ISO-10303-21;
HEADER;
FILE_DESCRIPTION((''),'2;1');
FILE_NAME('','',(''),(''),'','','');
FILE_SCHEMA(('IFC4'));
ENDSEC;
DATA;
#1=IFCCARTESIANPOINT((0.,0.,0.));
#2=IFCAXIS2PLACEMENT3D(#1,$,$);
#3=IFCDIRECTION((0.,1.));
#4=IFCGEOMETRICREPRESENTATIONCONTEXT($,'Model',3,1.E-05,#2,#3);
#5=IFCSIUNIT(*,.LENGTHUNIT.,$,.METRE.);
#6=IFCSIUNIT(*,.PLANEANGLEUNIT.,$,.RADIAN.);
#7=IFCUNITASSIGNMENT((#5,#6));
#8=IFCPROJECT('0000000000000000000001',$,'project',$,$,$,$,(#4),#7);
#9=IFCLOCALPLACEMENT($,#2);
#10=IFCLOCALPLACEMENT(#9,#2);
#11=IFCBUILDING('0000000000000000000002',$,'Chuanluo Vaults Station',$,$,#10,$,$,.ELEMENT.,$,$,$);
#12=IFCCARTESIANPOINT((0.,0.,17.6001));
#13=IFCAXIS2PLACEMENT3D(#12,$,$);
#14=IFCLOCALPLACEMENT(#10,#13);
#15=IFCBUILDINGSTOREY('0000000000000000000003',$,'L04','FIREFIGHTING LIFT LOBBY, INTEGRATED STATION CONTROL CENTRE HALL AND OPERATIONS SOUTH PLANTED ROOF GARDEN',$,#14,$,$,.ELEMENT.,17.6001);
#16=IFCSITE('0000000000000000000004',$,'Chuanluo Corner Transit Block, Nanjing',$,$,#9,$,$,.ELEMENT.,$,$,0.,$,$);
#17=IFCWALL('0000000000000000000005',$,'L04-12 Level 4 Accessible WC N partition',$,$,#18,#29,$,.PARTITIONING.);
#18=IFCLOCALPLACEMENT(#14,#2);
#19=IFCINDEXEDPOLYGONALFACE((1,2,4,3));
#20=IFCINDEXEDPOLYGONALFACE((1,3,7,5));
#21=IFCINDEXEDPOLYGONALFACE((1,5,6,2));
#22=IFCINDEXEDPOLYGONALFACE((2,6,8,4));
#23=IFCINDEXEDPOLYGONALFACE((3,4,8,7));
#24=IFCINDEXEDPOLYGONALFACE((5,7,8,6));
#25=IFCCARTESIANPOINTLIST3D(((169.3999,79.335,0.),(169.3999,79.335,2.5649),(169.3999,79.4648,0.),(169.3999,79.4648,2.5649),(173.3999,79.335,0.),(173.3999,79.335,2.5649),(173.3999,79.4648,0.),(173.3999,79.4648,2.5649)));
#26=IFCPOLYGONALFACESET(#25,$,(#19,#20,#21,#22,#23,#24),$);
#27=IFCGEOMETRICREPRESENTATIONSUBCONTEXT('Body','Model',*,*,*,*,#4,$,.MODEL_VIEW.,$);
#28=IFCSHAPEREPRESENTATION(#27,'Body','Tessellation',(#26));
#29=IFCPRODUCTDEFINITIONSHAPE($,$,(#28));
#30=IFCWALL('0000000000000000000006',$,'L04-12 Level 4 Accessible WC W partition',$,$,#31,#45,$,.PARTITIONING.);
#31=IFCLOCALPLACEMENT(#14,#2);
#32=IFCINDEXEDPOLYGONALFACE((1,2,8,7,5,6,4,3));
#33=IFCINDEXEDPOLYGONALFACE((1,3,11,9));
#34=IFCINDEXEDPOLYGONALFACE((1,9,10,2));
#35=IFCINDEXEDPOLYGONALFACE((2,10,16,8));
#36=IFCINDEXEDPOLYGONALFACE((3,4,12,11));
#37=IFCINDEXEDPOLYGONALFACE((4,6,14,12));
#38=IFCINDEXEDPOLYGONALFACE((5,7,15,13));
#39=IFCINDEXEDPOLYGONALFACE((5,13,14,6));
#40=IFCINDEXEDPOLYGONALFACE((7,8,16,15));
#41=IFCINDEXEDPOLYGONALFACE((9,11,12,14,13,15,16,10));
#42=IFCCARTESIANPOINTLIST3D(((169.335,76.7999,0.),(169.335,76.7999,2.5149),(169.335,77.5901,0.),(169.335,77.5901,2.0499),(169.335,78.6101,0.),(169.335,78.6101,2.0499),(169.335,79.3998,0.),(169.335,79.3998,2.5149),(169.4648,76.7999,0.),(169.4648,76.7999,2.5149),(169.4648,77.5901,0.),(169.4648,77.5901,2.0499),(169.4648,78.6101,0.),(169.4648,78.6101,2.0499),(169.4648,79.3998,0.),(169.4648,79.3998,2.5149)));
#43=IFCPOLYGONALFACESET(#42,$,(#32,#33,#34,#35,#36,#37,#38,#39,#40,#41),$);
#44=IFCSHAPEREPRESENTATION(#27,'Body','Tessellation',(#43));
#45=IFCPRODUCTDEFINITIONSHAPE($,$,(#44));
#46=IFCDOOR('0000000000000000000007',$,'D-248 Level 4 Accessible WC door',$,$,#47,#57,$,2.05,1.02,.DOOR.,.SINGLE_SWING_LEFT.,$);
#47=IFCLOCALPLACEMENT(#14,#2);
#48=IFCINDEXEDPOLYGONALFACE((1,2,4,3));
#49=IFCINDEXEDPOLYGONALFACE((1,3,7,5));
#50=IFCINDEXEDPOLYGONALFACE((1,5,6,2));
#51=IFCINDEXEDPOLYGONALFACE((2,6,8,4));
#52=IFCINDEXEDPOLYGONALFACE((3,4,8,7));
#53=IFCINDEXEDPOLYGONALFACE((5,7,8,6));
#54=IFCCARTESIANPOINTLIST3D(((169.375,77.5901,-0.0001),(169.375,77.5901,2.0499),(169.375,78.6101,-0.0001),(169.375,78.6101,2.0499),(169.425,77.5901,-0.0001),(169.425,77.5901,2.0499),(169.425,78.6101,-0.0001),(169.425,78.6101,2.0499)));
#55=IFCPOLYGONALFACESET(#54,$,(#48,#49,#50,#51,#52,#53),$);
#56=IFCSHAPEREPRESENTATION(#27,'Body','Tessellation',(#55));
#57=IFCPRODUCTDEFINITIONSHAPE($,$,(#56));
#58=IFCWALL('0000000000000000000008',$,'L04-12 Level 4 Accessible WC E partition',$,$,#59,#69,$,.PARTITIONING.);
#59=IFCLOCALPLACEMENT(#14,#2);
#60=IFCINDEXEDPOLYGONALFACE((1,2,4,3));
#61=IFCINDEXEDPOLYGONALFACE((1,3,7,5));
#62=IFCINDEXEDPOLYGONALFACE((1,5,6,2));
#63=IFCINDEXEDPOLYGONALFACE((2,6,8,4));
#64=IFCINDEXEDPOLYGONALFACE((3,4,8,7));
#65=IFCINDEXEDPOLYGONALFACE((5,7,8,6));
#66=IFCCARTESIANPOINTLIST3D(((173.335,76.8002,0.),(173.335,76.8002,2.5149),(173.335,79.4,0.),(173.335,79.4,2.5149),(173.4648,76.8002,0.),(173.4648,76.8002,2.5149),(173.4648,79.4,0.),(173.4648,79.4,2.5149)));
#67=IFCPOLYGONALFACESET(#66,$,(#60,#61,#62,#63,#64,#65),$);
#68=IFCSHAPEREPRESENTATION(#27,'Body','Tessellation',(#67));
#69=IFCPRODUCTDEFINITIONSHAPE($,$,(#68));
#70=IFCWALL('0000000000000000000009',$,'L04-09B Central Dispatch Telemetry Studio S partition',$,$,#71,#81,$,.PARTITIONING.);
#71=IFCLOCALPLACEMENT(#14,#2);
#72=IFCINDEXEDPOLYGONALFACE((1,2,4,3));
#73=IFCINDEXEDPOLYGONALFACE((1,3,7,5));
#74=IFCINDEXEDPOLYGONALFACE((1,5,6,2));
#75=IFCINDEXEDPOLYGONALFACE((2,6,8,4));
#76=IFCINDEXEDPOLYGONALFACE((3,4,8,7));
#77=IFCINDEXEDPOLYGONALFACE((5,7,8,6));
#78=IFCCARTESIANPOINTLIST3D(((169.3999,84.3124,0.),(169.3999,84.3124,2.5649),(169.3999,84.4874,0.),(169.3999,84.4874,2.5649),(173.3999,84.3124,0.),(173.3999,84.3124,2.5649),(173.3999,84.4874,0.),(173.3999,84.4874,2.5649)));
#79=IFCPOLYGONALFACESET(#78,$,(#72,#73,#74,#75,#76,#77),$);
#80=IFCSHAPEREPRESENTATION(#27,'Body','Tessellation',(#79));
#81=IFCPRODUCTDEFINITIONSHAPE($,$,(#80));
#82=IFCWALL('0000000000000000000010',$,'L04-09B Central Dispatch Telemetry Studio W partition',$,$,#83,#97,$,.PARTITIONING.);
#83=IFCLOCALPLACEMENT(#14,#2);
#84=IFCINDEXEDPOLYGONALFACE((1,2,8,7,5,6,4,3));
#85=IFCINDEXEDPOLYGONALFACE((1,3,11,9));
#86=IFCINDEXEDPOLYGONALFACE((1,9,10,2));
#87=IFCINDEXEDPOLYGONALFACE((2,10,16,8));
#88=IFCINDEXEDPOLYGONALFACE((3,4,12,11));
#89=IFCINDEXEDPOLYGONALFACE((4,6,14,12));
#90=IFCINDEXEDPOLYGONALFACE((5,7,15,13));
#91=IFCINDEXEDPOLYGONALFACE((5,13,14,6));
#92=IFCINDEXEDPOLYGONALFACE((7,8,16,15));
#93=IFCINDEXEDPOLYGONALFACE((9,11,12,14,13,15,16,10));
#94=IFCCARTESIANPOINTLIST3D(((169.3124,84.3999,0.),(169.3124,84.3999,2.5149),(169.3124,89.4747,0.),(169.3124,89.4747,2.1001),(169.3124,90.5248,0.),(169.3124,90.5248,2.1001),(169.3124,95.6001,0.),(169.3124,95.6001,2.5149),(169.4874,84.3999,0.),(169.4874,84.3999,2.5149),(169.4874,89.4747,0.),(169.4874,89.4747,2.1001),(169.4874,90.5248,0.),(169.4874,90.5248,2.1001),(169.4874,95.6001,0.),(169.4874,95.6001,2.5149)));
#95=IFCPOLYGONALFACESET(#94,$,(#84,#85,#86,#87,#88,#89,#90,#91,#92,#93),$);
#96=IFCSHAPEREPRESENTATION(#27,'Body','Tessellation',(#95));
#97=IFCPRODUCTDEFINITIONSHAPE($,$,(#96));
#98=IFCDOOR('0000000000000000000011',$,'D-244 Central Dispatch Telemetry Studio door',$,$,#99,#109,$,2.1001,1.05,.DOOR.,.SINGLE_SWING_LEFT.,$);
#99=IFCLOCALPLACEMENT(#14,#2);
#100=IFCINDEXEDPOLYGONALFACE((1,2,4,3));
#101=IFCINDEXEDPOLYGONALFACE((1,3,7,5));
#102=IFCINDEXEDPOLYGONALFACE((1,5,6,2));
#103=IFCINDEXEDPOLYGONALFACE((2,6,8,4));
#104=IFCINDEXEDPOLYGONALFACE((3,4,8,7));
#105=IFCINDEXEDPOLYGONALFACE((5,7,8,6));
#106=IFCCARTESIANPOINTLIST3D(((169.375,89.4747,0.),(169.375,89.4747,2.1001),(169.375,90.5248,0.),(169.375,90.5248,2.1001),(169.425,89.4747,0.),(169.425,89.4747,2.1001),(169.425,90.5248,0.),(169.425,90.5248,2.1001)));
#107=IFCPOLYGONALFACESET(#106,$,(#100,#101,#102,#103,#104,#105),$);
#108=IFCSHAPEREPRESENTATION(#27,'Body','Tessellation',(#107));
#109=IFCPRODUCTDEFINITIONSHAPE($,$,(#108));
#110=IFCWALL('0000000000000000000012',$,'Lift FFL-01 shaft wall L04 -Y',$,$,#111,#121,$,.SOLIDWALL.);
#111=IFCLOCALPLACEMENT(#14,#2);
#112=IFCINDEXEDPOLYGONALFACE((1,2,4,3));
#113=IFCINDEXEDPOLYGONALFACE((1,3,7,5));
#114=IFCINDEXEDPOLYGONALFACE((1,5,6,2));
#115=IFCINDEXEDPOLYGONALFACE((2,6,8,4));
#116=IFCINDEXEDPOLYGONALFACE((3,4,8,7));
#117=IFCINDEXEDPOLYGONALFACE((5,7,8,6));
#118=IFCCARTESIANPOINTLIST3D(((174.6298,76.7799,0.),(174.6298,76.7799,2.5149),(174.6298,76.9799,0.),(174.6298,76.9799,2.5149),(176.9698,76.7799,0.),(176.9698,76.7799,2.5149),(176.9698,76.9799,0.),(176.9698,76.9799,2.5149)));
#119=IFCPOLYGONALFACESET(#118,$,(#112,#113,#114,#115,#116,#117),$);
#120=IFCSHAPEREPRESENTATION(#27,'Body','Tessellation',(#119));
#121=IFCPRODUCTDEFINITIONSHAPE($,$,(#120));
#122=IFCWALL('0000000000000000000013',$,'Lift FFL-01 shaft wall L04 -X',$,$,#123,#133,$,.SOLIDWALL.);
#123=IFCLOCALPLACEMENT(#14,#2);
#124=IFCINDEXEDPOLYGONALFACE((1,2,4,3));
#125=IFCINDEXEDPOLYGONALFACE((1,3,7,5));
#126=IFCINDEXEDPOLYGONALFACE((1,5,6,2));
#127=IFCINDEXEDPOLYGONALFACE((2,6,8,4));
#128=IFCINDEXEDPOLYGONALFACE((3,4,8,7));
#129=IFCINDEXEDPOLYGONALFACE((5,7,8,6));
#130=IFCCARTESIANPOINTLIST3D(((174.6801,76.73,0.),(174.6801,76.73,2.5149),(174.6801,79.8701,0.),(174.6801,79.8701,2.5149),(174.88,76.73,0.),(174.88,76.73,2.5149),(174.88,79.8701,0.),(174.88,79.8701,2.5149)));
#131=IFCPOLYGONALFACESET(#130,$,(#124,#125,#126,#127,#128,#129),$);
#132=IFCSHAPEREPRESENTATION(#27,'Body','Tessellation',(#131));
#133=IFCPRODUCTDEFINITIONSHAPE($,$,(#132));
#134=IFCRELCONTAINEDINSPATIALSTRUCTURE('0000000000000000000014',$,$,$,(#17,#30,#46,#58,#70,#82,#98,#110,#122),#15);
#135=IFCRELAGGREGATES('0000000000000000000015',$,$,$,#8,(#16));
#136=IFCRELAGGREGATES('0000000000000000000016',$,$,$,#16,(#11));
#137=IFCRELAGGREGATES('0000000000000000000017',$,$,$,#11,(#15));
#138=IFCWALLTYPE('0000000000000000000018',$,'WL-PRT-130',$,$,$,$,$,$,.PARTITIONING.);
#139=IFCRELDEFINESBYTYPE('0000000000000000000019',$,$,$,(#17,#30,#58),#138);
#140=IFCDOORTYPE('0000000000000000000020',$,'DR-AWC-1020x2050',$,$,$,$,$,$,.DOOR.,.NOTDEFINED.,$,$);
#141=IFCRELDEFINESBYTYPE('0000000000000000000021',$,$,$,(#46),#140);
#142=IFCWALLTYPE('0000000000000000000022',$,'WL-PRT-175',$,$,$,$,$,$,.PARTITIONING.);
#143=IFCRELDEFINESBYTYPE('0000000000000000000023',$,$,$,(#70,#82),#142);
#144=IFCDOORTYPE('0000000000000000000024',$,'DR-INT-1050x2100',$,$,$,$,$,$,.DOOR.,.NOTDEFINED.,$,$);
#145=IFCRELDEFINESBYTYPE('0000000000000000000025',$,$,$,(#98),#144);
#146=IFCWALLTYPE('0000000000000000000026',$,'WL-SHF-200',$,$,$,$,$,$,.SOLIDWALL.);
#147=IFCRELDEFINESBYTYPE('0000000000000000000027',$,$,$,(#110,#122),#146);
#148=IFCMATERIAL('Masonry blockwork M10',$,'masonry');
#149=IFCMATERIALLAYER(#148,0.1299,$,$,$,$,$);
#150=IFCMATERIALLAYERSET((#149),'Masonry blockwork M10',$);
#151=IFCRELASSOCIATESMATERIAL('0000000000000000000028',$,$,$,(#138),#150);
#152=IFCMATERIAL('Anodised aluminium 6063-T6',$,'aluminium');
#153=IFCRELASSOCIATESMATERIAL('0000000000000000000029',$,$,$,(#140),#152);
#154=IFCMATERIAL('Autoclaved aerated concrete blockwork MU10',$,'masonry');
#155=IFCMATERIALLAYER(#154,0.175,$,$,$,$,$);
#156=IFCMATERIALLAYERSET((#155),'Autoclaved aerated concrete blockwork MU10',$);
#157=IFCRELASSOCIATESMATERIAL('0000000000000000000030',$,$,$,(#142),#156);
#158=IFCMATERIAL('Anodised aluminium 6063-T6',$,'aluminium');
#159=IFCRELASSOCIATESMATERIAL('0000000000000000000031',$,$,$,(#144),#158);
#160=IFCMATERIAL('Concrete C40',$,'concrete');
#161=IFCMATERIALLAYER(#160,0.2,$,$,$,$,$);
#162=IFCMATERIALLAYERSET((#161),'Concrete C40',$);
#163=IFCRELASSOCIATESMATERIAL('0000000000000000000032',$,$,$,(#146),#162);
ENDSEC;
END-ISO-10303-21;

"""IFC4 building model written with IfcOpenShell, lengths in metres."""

from ifc_helpers import new_model, si_unit, direction, frame, frame_2d, origin, place, context, subcontext, project, spatial, rectangle, extrude, material, layer, layer_set, type_object, element, fill, save


model = new_model("IFC4")

# Units and contexts
model_context = context("Model", 3, precision=1e-05, world=origin(), true_north=direction((0.0, 1.0)))
body_context = subcontext(model_context, "Body", "Model", "MODEL_VIEW")
ifc_project = project(units=[si_unit("LENGTHUNIT", "METRE"), si_unit("PLANEANGLEUNIT", "RADIAN")], contexts=[model_context])

# Site, building, storey
site_placement = place(None, origin())
site = spatial("IfcSite", under=ifc_project, at=site_placement, Name="Chuanluo Corner Transit Block, Nanjing", CompositionType="ELEMENT", RefElevation=0.0)
building_placement = place(site_placement, origin())
building = spatial("IfcBuilding", under=site, at=building_placement, Name="Chuanluo Vaults Station", CompositionType="ELEMENT")
storey_placement = place(building_placement, frame((0.0, 0.0, 17.6001)))
storey = spatial("IfcBuildingStorey", under=building, at=storey_placement, Name="L04", Description="FIREFIGHTING LIFT LOBBY, INTEGRATED STATION CONTROL CENTRE HALL AND OPERATIONS SOUTH PLANTED ROOF GARDEN", CompositionType="ELEMENT", Elevation=17.6001)

# Wall
ifc_material_1 = material(Name="Masonry blockwork M10", Category="masonry")
ifc_layer_1 = layer(ifc_material_1, 0.1299)
ifc_layer_set_1 = layer_set([ifc_layer_1], Name="Masonry blockwork M10")
wall_type_1 = type_object("IfcWallType", Name="WL-PRT-130", PredefinedType="PARTITIONING", material=ifc_layer_set_1)
wall_1_placement = place(storey_placement, frame((169.3999, 79.3999, 0.0), z_axis=(0.0, 0.0, 1.0), x_axis=(1.0, 0.0, 0.0)))
element("IfcWall", 1, at=wall_1_placement, inside=storey, type_object=wall_type_1, Name="L04-12 Level 4 Accessible WC N partition", PredefinedType="PARTITIONING", context=body_context, shape_type="SweptSolid", body=[
    extrude(rectangle(XDim=4.0, YDim=0.1299, at=frame_2d((2.0, 0.0))), origin(), (0.0, 0.0, 1.0), 2.5649),
])

# Wall, opening, door
wall_2_placement = place(storey_placement, frame((169.3999, 76.8, 0.0), z_axis=(0.0, 0.0, 1.0), x_axis=(0.0, 1.0, 0.0)))
wall_2 = element("IfcWall", 2, at=wall_2_placement, inside=storey, type_object=wall_type_1, Name="L04-12 Level 4 Accessible WC W partition", PredefinedType="PARTITIONING", context=body_context, shape_type="SweptSolid", body=[
    extrude(rectangle(XDim=2.5999, YDim=0.1299, at=frame_2d((1.2998, 0.0))), origin(), (0.0, 0.0, 1.0), 2.5149),
])
opening_1_placement = place(wall_2_placement, frame((0.79, 0.0, 0.0)))
opening_1 = element("IfcOpeningElement", 3, at=opening_1_placement, cuts=wall_2, PredefinedType="OPENING", context=body_context, shape_type="SweptSolid", body=[
    extrude(rectangle(XDim=1.02, YDim=2.05, at=frame_2d((0.51, 1.0249))), frame((0.0, 0.0749, 0.0), z_axis=(0.0, -1.0, 0.0), x_axis=(1.0, 0.0, 0.0)), (0.0, 0.0, 1.0), 0.1499),
])
ifc_material_2 = material(Name="Anodised aluminium 6063-T6", Category="aluminium")
door_type_1 = type_object("IfcDoorType", Name="DR-AWC-1020x2050", OperationType="NOTDEFINED", PredefinedType="DOOR", material=ifc_material_2)
door_1_placement = place(opening_1_placement, origin())
door_1 = element("IfcDoor", 4, at=door_1_placement, inside=storey, type_object=door_type_1, Name="D-248 Level 4 Accessible WC door", OperationType="SINGLE_SWING_LEFT", OverallHeight=2.05, OverallWidth=1.02, PredefinedType="DOOR", context=body_context, shape_type="SweptSolid", body=[
    extrude(rectangle(XDim=1.02, YDim=2.05, at=frame_2d((0.51, 1.0249))), frame((0.0, 0.0249, 0.0), z_axis=(0.0, -1.0, 0.0), x_axis=(1.0, 0.0, 0.0)), (0.0, 0.0, 1.0), 0.05),
])
fill(opening_1, door_1)

# Walls
wall_3_placement = place(storey_placement, frame((173.3999, 79.3999, 0.0), z_axis=(0.0, 0.0, 1.0), x_axis=(0.0, -1.0, 0.0)))
element("IfcWall", 5, at=wall_3_placement, inside=storey, type_object=wall_type_1, Name="L04-12 Level 4 Accessible WC E partition", PredefinedType="PARTITIONING", context=body_context, shape_type="SweptSolid", body=[
    extrude(rectangle(XDim=2.5999, YDim=0.1299, at=frame_2d((1.2998, 0.0))), origin(), (0.0, 0.0, 1.0), 2.5149),
])
ifc_material_3 = material(Name="Autoclaved aerated concrete blockwork MU10", Category="masonry")
ifc_layer_2 = layer(ifc_material_3, 0.175)
ifc_layer_set_2 = layer_set([ifc_layer_2], Name="Autoclaved aerated concrete blockwork MU10")
wall_type_2 = type_object("IfcWallType", Name="WL-PRT-175", PredefinedType="PARTITIONING", material=ifc_layer_set_2)
wall_4_placement = place(storey_placement, frame((173.3999, 84.3999, 0.0), z_axis=(0.0, 0.0, 1.0), x_axis=(-1.0, 0.0, 0.0)))
element("IfcWall", 6, at=wall_4_placement, inside=storey, type_object=wall_type_2, Name="L04-09B Central Dispatch Telemetry Studio S partition", PredefinedType="PARTITIONING", context=body_context, shape_type="SweptSolid", body=[
    extrude(rectangle(XDim=4.0, YDim=0.175, at=frame_2d((2.0, 0.0))), origin(), (0.0, 0.0, 1.0), 2.5649),
])

# Wall, opening, door
wall_5_placement = place(storey_placement, frame((169.3999, 84.3999, 0.0), z_axis=(0.0, 0.0, 1.0), x_axis=(0.0, 1.0, 0.0)))
wall_5 = element("IfcWall", 7, at=wall_5_placement, inside=storey, type_object=wall_type_2, Name="L04-09B Central Dispatch Telemetry Studio W partition", PredefinedType="PARTITIONING", context=body_context, shape_type="SweptSolid", body=[
    extrude(rectangle(XDim=11.2002, YDim=0.175, at=frame_2d((5.6001, 0.0))), origin(), (0.0, 0.0, 1.0), 2.5149),
])
opening_2_placement = place(wall_5_placement, frame((5.075, 0.0, 0.0)))
opening_2 = element("IfcOpeningElement", 8, at=opening_2_placement, cuts=wall_5, PredefinedType="OPENING", context=body_context, shape_type="SweptSolid", body=[
    extrude(rectangle(XDim=1.05, YDim=2.1001, at=frame_2d((0.5249, 1.05))), frame((0.0, 0.0974, 0.0), z_axis=(0.0, -1.0, 0.0), x_axis=(1.0, 0.0, 0.0)), (0.0, 0.0, 1.0), 0.1951),
])
ifc_material_4 = material(Name="Anodised aluminium 6063-T6", Category="aluminium")
door_type_2 = type_object("IfcDoorType", Name="DR-INT-1050x2100", OperationType="NOTDEFINED", PredefinedType="DOOR", material=ifc_material_4)
door_2_placement = place(opening_2_placement, origin())
door_2 = element("IfcDoor", 9, at=door_2_placement, inside=storey, type_object=door_type_2, Name="D-244 Central Dispatch Telemetry Studio door", OperationType="SINGLE_SWING_LEFT", OverallHeight=2.1001, OverallWidth=1.05, PredefinedType="DOOR", context=body_context, shape_type="SweptSolid", body=[
    extrude(rectangle(XDim=1.05, YDim=2.1001, at=frame_2d((0.5249, 1.05))), frame((0.0, 0.0249, 0.0), z_axis=(0.0, -1.0, 0.0), x_axis=(1.0, 0.0, 0.0)), (0.0, 0.0, 1.0), 0.05),
])
fill(opening_2, door_2)

# Walls
ifc_material_5 = material(Name="Concrete C40", Category="concrete")
ifc_layer_3 = layer(ifc_material_5, 0.2)
ifc_layer_set_3 = layer_set([ifc_layer_3], Name="Concrete C40")
wall_type_3 = type_object("IfcWallType", Name="WL-SHF-200", PredefinedType="SOLIDWALL", material=ifc_layer_set_3)
wall_6_placement = place(storey_placement, frame((174.6299, 76.8799, 0.0), z_axis=(0.0, 0.0, 1.0), x_axis=(1.0, 0.0, 0.0)))
element("IfcWall", 10, at=wall_6_placement, inside=storey, type_object=wall_type_3, Name="Lift FFL-01 shaft wall L04 -Y", PredefinedType="SOLIDWALL", context=body_context, shape_type="SweptSolid", body=[
    extrude(rectangle(XDim=2.3401, YDim=0.2, at=frame_2d((1.1699, 0.0))), origin(), (0.0, 0.0, 1.0), 2.5149),
])
wall_7_placement = place(storey_placement, frame((174.78, 79.8701, 0.0), z_axis=(0.0, 0.0, 1.0), x_axis=(0.0, -1.0, 0.0)))
element("IfcWall", 11, at=wall_7_placement, inside=storey, type_object=wall_type_3, Name="Lift FFL-01 shaft wall L04 -X", PredefinedType="SOLIDWALL", context=body_context, shape_type="SweptSolid", body=[
    extrude(rectangle(XDim=3.1401, YDim=0.2, at=frame_2d((1.5701, 0.0))), origin(), (0.0, 0.0, 1.0), 2.5149),
])

save(model, "model.ifc")
